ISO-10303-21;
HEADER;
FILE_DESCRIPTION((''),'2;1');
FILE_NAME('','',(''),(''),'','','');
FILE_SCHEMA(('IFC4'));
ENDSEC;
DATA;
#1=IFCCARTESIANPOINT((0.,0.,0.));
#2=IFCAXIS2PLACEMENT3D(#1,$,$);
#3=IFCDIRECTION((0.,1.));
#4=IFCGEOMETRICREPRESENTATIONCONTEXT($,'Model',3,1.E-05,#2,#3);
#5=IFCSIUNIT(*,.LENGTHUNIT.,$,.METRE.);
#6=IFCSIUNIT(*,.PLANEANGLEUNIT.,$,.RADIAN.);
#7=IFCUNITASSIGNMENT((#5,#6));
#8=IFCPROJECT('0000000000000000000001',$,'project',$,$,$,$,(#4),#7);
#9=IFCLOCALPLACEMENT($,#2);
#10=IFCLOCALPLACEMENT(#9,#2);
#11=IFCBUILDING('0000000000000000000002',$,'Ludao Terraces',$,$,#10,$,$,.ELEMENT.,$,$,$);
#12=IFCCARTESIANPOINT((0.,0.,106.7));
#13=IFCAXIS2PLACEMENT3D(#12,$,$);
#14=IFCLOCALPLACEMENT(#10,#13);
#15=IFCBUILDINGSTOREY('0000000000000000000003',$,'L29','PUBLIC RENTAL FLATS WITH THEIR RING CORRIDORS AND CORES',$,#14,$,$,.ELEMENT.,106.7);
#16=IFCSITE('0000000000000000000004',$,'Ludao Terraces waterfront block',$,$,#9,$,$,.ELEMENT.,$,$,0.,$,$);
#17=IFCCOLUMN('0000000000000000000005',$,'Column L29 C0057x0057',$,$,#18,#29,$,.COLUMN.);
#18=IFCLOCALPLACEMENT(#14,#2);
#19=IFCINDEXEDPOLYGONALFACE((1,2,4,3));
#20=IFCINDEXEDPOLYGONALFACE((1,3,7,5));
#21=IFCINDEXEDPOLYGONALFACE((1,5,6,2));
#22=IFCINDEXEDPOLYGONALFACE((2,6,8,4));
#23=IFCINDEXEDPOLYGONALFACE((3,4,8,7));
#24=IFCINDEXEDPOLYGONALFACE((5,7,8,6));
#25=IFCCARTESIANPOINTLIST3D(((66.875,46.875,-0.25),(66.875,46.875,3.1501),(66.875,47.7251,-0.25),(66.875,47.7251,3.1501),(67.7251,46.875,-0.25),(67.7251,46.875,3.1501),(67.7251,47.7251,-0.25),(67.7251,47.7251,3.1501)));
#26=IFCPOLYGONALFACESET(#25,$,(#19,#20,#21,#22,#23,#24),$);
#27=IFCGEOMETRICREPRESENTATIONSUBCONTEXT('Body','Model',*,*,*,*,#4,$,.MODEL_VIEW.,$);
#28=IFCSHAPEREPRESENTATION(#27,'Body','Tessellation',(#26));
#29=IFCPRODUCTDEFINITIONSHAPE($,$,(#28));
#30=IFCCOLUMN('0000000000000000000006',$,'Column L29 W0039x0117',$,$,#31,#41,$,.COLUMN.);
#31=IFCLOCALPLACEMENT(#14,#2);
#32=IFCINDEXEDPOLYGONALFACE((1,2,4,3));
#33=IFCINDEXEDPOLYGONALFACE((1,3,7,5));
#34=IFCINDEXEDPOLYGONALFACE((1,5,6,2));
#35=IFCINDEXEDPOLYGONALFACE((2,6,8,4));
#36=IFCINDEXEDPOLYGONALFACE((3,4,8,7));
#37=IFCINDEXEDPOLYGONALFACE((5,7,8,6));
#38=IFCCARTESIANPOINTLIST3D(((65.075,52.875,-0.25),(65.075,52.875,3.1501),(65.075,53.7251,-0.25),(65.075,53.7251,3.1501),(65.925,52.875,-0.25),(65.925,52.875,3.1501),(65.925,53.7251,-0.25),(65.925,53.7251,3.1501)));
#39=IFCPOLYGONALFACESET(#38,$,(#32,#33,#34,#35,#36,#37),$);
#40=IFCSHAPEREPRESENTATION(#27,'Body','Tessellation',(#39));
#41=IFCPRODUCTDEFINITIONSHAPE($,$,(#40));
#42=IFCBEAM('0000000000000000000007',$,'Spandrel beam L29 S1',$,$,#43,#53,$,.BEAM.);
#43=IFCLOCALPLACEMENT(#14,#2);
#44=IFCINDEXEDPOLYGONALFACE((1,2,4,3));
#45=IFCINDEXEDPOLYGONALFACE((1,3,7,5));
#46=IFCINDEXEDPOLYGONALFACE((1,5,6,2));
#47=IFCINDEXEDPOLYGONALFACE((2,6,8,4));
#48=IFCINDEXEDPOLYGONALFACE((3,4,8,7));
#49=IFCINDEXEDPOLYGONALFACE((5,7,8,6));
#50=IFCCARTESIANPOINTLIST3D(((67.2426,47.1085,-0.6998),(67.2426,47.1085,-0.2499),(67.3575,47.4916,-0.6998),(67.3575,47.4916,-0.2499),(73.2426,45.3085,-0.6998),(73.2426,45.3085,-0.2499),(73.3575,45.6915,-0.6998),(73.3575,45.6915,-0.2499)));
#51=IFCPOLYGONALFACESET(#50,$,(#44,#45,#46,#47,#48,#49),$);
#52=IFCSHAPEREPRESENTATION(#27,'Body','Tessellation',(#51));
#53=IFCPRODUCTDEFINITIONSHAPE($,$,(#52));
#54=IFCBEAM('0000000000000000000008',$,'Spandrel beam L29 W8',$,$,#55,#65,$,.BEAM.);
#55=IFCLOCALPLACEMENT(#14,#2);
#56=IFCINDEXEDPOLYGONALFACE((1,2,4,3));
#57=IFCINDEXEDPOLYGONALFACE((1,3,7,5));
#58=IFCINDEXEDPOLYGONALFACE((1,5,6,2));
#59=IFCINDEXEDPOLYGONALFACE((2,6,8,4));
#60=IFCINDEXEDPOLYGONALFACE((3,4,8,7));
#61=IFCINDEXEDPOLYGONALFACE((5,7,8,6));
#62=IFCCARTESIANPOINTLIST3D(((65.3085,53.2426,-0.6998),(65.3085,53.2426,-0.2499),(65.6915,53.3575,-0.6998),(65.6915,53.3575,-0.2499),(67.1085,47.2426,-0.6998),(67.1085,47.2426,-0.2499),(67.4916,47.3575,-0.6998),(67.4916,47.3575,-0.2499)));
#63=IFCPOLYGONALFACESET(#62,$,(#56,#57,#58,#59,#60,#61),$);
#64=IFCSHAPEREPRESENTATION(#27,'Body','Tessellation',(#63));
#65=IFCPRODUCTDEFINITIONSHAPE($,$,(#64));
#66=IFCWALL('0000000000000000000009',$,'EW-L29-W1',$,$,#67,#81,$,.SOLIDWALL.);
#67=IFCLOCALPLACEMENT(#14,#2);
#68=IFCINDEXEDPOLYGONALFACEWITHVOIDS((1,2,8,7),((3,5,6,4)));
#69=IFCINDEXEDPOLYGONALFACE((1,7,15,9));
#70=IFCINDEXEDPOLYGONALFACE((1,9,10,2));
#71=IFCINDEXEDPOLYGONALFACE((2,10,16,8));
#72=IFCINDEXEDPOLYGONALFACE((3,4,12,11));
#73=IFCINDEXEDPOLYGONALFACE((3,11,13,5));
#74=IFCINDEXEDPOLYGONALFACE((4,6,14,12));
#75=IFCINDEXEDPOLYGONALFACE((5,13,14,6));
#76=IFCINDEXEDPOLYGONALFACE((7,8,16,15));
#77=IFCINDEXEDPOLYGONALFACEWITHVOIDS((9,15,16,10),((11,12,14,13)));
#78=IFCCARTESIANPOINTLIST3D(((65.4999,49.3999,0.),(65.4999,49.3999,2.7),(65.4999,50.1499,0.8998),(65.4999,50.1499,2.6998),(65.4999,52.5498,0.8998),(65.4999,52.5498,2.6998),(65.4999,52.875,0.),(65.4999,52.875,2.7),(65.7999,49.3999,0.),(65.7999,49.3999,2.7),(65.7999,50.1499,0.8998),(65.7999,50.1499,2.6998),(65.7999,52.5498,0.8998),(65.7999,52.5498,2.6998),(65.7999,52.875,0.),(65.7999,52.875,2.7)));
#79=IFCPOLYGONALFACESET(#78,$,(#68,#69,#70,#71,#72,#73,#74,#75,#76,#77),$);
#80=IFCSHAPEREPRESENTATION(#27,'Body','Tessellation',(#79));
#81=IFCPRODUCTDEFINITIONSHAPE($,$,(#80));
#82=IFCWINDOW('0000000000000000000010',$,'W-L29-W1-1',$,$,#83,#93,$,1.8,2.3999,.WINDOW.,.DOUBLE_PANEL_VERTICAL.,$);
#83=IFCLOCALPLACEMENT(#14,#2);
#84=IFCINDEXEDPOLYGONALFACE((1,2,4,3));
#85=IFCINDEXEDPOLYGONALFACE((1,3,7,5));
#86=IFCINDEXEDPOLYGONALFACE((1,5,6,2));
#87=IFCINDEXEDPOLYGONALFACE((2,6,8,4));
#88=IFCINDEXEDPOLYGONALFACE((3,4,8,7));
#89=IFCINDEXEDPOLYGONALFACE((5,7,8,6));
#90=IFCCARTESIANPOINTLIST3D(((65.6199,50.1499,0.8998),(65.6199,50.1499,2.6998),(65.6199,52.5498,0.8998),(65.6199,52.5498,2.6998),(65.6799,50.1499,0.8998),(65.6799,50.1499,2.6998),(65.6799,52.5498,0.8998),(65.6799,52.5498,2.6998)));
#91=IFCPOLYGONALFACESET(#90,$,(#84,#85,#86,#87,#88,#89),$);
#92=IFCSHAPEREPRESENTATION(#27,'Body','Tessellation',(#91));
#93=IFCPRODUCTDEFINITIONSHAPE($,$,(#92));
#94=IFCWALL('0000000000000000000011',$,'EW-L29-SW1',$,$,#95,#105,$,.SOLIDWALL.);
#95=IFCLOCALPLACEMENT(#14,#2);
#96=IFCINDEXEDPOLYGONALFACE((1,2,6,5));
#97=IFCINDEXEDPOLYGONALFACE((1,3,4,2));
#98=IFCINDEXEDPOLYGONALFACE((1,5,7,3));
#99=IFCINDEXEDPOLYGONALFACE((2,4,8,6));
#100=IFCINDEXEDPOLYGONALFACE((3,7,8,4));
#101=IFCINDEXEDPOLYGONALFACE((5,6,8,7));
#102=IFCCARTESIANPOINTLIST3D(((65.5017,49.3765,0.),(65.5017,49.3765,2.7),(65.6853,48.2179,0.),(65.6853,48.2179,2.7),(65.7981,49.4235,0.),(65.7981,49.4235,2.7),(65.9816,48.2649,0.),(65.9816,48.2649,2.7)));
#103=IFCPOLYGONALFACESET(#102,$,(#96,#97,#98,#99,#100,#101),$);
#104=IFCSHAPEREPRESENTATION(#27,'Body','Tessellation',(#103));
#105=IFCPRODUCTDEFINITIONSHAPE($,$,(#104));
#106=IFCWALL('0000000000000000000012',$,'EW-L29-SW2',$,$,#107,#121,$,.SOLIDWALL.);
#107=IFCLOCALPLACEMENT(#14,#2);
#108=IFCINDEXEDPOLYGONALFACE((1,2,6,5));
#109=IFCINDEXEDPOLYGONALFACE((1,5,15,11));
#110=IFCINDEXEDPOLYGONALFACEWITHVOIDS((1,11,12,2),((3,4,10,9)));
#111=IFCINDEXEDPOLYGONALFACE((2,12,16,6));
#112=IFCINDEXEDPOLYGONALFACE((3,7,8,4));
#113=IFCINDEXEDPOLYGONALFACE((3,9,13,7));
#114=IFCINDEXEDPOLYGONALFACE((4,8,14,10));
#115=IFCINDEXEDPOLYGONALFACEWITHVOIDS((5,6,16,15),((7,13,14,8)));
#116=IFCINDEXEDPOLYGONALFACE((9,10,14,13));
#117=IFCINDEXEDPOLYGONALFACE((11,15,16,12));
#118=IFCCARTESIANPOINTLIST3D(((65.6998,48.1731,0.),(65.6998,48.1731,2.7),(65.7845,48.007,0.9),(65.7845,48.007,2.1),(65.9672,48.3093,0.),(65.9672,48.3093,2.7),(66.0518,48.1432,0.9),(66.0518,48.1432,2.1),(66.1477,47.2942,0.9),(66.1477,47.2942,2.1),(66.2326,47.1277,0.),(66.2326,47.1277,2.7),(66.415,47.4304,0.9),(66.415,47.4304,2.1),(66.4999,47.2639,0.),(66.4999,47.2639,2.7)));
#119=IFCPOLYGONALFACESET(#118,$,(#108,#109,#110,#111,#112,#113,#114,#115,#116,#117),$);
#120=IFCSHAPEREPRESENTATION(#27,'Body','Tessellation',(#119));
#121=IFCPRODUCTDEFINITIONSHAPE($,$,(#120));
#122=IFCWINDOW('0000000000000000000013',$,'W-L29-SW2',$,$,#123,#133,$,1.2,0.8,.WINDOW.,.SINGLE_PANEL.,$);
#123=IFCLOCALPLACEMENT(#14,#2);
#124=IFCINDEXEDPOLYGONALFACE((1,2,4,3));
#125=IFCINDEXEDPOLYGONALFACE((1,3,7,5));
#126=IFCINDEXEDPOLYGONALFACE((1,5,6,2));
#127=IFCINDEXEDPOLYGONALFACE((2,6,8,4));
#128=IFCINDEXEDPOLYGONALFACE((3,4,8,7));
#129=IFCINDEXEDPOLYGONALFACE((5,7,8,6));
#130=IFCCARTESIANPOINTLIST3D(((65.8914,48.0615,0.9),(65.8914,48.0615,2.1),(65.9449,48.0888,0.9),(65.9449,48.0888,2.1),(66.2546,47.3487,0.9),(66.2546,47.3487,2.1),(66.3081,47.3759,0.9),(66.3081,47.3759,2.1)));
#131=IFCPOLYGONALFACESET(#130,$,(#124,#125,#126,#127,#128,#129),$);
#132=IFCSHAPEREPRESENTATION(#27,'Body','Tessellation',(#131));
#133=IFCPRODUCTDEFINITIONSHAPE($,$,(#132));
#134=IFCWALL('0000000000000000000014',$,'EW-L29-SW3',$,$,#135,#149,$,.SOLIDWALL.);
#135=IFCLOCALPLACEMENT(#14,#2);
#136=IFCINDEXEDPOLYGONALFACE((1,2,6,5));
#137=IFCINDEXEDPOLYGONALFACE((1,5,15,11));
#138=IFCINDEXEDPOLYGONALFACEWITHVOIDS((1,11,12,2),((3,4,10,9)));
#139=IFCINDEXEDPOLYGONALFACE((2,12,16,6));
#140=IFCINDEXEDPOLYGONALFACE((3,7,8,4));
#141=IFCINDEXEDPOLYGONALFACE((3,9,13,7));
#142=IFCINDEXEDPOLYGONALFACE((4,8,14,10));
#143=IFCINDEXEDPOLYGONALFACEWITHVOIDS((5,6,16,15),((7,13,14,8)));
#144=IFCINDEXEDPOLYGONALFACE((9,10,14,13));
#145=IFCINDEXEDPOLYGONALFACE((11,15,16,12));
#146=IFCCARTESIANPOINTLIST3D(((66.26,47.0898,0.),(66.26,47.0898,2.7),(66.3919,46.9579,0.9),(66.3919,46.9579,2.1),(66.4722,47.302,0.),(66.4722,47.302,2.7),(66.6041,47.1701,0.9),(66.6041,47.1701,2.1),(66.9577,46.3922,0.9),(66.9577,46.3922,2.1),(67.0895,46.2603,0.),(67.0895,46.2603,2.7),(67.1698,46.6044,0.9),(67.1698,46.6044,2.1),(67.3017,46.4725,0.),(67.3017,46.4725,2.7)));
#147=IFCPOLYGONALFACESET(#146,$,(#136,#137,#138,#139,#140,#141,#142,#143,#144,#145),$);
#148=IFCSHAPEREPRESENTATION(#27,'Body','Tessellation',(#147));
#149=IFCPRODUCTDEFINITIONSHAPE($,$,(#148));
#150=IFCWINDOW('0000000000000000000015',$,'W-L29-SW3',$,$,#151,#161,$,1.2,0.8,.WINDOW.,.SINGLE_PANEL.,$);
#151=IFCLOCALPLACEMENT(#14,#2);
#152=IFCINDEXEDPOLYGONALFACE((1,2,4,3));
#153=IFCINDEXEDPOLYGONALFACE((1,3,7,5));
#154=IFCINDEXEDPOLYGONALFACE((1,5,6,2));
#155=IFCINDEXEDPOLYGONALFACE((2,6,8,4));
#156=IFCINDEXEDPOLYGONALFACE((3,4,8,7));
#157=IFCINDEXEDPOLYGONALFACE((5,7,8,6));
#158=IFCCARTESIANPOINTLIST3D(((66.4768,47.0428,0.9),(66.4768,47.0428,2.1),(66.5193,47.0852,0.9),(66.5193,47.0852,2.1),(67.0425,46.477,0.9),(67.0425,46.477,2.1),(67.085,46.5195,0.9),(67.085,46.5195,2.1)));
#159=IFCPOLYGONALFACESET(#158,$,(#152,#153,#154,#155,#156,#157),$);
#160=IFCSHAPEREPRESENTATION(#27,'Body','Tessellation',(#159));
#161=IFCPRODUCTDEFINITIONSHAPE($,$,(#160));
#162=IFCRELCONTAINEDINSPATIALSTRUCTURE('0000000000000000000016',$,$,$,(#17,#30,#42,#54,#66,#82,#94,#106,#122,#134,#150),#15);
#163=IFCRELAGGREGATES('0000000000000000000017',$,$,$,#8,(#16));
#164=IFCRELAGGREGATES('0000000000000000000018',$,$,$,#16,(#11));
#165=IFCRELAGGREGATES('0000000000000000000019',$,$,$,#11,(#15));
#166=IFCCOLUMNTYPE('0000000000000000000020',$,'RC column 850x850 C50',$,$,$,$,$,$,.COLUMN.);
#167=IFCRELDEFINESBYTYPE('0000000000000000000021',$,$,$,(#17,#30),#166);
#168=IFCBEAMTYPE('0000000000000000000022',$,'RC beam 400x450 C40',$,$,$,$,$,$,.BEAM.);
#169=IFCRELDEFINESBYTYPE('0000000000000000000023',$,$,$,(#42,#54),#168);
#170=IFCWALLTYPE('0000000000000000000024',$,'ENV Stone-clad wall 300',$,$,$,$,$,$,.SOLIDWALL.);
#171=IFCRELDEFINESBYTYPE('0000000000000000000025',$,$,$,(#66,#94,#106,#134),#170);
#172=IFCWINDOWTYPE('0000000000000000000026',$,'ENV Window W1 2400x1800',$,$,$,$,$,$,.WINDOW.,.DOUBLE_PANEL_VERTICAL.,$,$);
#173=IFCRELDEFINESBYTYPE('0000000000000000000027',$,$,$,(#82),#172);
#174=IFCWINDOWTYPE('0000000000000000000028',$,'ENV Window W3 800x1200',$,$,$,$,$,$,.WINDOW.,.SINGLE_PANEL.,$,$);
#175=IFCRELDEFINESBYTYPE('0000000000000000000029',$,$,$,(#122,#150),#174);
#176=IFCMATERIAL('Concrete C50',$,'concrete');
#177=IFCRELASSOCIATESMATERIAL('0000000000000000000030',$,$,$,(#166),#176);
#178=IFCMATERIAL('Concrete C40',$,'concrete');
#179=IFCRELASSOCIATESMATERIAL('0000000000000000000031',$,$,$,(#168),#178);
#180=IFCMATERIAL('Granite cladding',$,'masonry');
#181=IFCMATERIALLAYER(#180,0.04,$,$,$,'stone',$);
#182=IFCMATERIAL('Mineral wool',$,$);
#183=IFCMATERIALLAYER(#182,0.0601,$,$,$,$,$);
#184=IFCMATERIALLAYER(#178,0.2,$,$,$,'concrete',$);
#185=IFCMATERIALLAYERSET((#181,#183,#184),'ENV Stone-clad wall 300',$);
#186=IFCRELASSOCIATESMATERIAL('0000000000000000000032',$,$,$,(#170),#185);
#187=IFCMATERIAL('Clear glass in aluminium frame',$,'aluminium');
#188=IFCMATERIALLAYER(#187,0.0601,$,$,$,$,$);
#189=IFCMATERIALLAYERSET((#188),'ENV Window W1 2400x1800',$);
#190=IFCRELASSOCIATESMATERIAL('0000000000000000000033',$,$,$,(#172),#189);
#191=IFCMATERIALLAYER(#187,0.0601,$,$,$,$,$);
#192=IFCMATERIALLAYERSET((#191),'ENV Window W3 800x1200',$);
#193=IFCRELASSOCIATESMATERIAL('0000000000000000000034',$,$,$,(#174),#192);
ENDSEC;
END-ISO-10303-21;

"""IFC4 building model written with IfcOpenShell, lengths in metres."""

from ifc_helpers import new_model, si_unit, direction, frame, frame_2d, origin, origin_2d, place, context, subcontext, project, spatial, rectangle, extrude, material, layer, layer_set, material_profile, profile_set, type_object, element, fill, save


model = new_model("IFC4")

# Units and contexts
model_context = context("Model", 3, precision=1e-05, world=origin(), true_north=direction((0.0, 1.0)))
body_context = subcontext(model_context, "Body", "Model", "MODEL_VIEW")
ifc_project = project(units=[si_unit("LENGTHUNIT", "METRE"), si_unit("PLANEANGLEUNIT", "RADIAN")], contexts=[model_context])

# Site, building, storey
site_placement = place(None, origin())
site = spatial("IfcSite", under=ifc_project, at=site_placement, Name="Ludao Terraces waterfront block", CompositionType="ELEMENT", RefElevation=0.0)
building_placement = place(site_placement, origin())
building = spatial("IfcBuilding", under=site, at=building_placement, Name="Ludao Terraces", CompositionType="ELEMENT")
storey_placement = place(building_placement, frame((0.0, 0.0, 106.7)))
storey = spatial("IfcBuildingStorey", under=building, at=storey_placement, Name="L29", Description="PUBLIC RENTAL FLATS WITH THEIR RING CORRIDORS AND CORES", CompositionType="ELEMENT", Elevation=106.7)

# Columns
ifc_material_1 = material(Name="Concrete C50", Category="concrete")
ifc_material_profile_1 = material_profile(ifc_material_1, rectangle(XDim=0.8501, YDim=0.8501, at=origin_2d()), Name="850 X 850")
ifc_profile_set_1 = profile_set([ifc_material_profile_1], Name="Concrete C50")
column_type = type_object("IfcColumnType", Name="RC column 850x850 C50", PredefinedType="COLUMN", material=ifc_profile_set_1)
for number, where, z_axis, x_axis, name in (
    (1, (67.3, 47.3, -0.25), (0.0, 0.0, 1.0), (1.0, 0.0, 0.0), "Column L29 C0057x0057"),
    (2, (65.5, 53.3, -0.25), (0.0, 0.0, 1.0), (1.0, 0.0, 0.0), "Column L29 W0039x0117"),
):
    element("IfcColumn", number, at=place(storey_placement, frame(where, z_axis=z_axis, x_axis=x_axis)), inside=storey, type_object=column_type, Name=name, PredefinedType="COLUMN", context=body_context, shape_type="SweptSolid", body=[
        extrude(rectangle(XDim=0.8501, YDim=0.8501, at=origin_2d()), origin(), (0.0, 0.0, 1.0), 3.4001),
    ])

# Beams
ifc_material_2 = material(Name="Concrete C40", Category="concrete")
ifc_material_profile_2 = material_profile(ifc_material_2, rectangle(XDim=0.3999, YDim=0.45, at=origin_2d()), Name="400 X 450")
ifc_profile_set_2 = profile_set([ifc_material_profile_2], Name="Concrete C40")
beam_type = type_object("IfcBeamType", Name="RC beam 400x450 C40", PredefinedType="BEAM", material=ifc_profile_set_2)
for number, where, z_axis, x_axis, name in (
    (3, (67.3, 47.3, -0.4749), (0.957824, -0.287355, 0.0), (0.287355, 0.957824, 0.0), "Spandrel beam L29 S1"),
    (4, (67.3, 47.3, -0.4749), (-0.287355, 0.957824, 0.0), (-0.957824, -0.287355, 0.0), "Spandrel beam L29 W8"),
):
    element("IfcBeam", number, at=place(storey_placement, frame(where, z_axis=z_axis, x_axis=x_axis)), inside=storey, type_object=beam_type, Name=name, PredefinedType="BEAM", context=body_context, shape_type="SweptSolid", body=[
        extrude(rectangle(XDim=0.3999, YDim=0.45, at=origin_2d()), origin(), (0.0, 0.0, 1.0), 6.2642),
    ])

# Wall, opening, window
ifc_material_3 = material(Name="Granite cladding", Category="masonry")
ifc_layer_1 = layer(ifc_material_3, 0.04, Category="stone")
ifc_material_4 = material(Name="Mineral wool")
ifc_layer_2 = layer(ifc_material_4, 0.0601)
ifc_layer_3 = layer(ifc_material_2, 0.2, Category="concrete")
ifc_layer_set_1 = layer_set([ifc_layer_1, ifc_layer_2, ifc_layer_3], Name="ENV Stone-clad wall 300")
wall_type_1 = type_object("IfcWallType", Name="ENV Stone-clad wall 300", PredefinedType="SOLIDWALL", material=ifc_layer_set_1)
wall_1_placement = place(storey_placement, frame((65.6499, 49.3999, 0.0), z_axis=(0.0, 0.0, 1.0), x_axis=(0.0, 1.0, 0.0)))
wall_1 = element("IfcWall", 5, at=wall_1_placement, inside=storey, type_object=wall_type_1, Name="EW-L29-W1", PredefinedType="SOLIDWALL", context=body_context, shape_type="SweptSolid", body=[
    extrude(rectangle(XDim=3.4751, YDim=0.3, at=frame_2d((1.7375, 0.0))), origin(), (0.0, 0.0, 1.0), 2.7),
])
opening_1_placement = place(wall_1_placement, frame((0.75, 0.0, 0.8999)))
opening_1 = element("IfcOpeningElement", 6, at=opening_1_placement, cuts=wall_1, PredefinedType="OPENING", context=body_context, shape_type="SweptSolid", body=[
    extrude(rectangle(XDim=2.3999, YDim=1.8, at=frame_2d((1.2, 0.8999))), frame((0.0, 0.1602, 0.0), z_axis=(0.0, -1.0, 0.0), x_axis=(1.0, 0.0, 0.0)), (0.0, 0.0, 1.0), 0.3201),
])
ifc_material_5 = material(Name="Clear glass in aluminium frame", Category="aluminium")
ifc_layer_4 = layer(ifc_material_5, 0.0601)
ifc_layer_set_2 = layer_set([ifc_layer_4], Name="ENV Window W1 2400x1800")
window_type_1 = type_object("IfcWindowType", Name="ENV Window W1 2400x1800", PartitioningType="DOUBLE_PANEL_VERTICAL", PredefinedType="WINDOW", material=ifc_layer_set_2)
window_1_placement = place(opening_1_placement, origin())
window_1 = element("IfcWindow", 7, at=window_1_placement, inside=storey, type_object=window_type_1, Name="W-L29-W1-1", OverallHeight=1.8, OverallWidth=2.3999, PartitioningType="DOUBLE_PANEL_VERTICAL", PredefinedType="WINDOW", context=body_context, shape_type="SweptSolid", body=[
    extrude(rectangle(XDim=2.3999, YDim=1.8, at=frame_2d((1.2, 0.8999))), frame((0.0, 0.03, 0.0), z_axis=(0.0, -1.0, 0.0), x_axis=(1.0, 0.0, 0.0)), (0.0, 0.0, 1.0), 0.0601),
])
fill(opening_1, window_1)

# Wall
wall_2_placement = place(storey_placement, frame((65.6499, 49.3999, 0.0), z_axis=(0.0, 0.0, 1.0), x_axis=(0.156497, -0.987678, 0.0)))
element("IfcWall", 8, at=wall_2_placement, inside=storey, type_object=wall_type_1, Name="EW-L29-SW1", PredefinedType="SOLIDWALL", context=body_context, shape_type="SweptSolid", body=[
    extrude(rectangle(XDim=1.1731, YDim=0.3, at=frame_2d((0.5864, 0.0))), origin(), (0.0, 0.0, 1.0), 2.7),
])

# Walls, openings, windows
wall_3_placement = place(storey_placement, frame((65.8335, 48.2412, 0.0), z_axis=(0.0, 0.0, 1.0), x_axis=(0.454026, -0.890989, 0.0)))
wall_3 = element("IfcWall", 9, at=wall_3_placement, inside=storey, type_object=wall_type_1, Name="EW-L29-SW2", PredefinedType="SOLIDWALL", context=body_context, shape_type="SweptSolid", body=[
    extrude(rectangle(XDim=1.1733, YDim=0.3, at=frame_2d((0.5867, 0.0))), origin(), (0.0, 0.0, 1.0), 2.7),
])
opening_2_placement = place(wall_3_placement, frame((0.1865, 0.0, 0.8999)))
opening_2 = element("IfcOpeningElement", 10, at=opening_2_placement, cuts=wall_3, PredefinedType="OPENING", context=body_context, shape_type="SweptSolid", body=[
    extrude(rectangle(XDim=0.8, YDim=1.2, at=frame_2d((0.3999, 0.6001))), frame((0.0, 0.1602, 0.0), z_axis=(0.0, -1.0, 0.0), x_axis=(1.0, 0.0, 0.0)), (0.0, 0.0, 1.0), 0.3201),
])
ifc_layer_5 = layer(ifc_material_5, 0.0601)
ifc_layer_set_3 = layer_set([ifc_layer_5], Name="ENV Window W3 800x1200")
window_type_2 = type_object("IfcWindowType", Name="ENV Window W3 800x1200", PartitioningType="SINGLE_PANEL", PredefinedType="WINDOW", material=ifc_layer_set_3)
window_2_placement = place(opening_2_placement, origin())
window_2 = element("IfcWindow", 11, at=window_2_placement, inside=storey, type_object=window_type_2, Name="W-L29-SW2", OverallHeight=1.2, OverallWidth=0.8, PartitioningType="SINGLE_PANEL", PredefinedType="WINDOW", context=body_context, shape_type="SweptSolid", body=[
    extrude(rectangle(XDim=0.8, YDim=1.2, at=frame_2d((0.3999, 0.6001))), frame((0.0, 0.03, 0.0), z_axis=(0.0, -1.0, 0.0), x_axis=(1.0, 0.0, 0.0)), (0.0, 0.0, 1.0), 0.0601),
])
fill(opening_2, window_2)
wall_4_placement = place(storey_placement, frame((66.3662, 47.1958, 0.0), z_axis=(0.0, 0.0, 1.0), x_axis=(0.707107, -0.707107, 0.0)))
wall_4 = element("IfcWall", 12, at=wall_4_placement, inside=storey, type_object=wall_type_1, Name="EW-L29-SW3", PredefinedType="SOLIDWALL", context=body_context, shape_type="SweptSolid", body=[
    extrude(rectangle(XDim=1.1731, YDim=0.3, at=frame_2d((0.5864, 0.0))), origin(), (0.0, 0.0, 1.0), 2.7),
])
opening_3_placement = place(wall_4_placement, frame((0.1865, 0.0, 0.8999)))
opening_3 = element("IfcOpeningElement", 13, at=opening_3_placement, cuts=wall_4, PredefinedType="OPENING", context=body_context, shape_type="SweptSolid", body=[
    extrude(rectangle(XDim=0.8, YDim=1.2, at=frame_2d((0.3999, 0.6001))), frame((0.0, 0.1602, 0.0), z_axis=(0.0, -1.0, 0.0), x_axis=(1.0, 0.0, 0.0)), (0.0, 0.0, 1.0), 0.3201),
])
window_3_placement = place(opening_3_placement, origin())
window_3 = element("IfcWindow", 14, at=window_3_placement, inside=storey, type_object=window_type_2, Name="W-L29-SW3", OverallHeight=1.2, OverallWidth=0.8, PartitioningType="SINGLE_PANEL", PredefinedType="WINDOW", context=body_context, shape_type="SweptSolid", body=[
    extrude(rectangle(XDim=0.8, YDim=1.2, at=frame_2d((0.3999, 0.6001))), frame((0.0, 0.03, 0.0), z_axis=(0.0, -1.0, 0.0), x_axis=(1.0, 0.0, 0.0)), (0.0, 0.0, 1.0), 0.0601),
])
fill(opening_3, window_3)

save(model, "model.ifc")
